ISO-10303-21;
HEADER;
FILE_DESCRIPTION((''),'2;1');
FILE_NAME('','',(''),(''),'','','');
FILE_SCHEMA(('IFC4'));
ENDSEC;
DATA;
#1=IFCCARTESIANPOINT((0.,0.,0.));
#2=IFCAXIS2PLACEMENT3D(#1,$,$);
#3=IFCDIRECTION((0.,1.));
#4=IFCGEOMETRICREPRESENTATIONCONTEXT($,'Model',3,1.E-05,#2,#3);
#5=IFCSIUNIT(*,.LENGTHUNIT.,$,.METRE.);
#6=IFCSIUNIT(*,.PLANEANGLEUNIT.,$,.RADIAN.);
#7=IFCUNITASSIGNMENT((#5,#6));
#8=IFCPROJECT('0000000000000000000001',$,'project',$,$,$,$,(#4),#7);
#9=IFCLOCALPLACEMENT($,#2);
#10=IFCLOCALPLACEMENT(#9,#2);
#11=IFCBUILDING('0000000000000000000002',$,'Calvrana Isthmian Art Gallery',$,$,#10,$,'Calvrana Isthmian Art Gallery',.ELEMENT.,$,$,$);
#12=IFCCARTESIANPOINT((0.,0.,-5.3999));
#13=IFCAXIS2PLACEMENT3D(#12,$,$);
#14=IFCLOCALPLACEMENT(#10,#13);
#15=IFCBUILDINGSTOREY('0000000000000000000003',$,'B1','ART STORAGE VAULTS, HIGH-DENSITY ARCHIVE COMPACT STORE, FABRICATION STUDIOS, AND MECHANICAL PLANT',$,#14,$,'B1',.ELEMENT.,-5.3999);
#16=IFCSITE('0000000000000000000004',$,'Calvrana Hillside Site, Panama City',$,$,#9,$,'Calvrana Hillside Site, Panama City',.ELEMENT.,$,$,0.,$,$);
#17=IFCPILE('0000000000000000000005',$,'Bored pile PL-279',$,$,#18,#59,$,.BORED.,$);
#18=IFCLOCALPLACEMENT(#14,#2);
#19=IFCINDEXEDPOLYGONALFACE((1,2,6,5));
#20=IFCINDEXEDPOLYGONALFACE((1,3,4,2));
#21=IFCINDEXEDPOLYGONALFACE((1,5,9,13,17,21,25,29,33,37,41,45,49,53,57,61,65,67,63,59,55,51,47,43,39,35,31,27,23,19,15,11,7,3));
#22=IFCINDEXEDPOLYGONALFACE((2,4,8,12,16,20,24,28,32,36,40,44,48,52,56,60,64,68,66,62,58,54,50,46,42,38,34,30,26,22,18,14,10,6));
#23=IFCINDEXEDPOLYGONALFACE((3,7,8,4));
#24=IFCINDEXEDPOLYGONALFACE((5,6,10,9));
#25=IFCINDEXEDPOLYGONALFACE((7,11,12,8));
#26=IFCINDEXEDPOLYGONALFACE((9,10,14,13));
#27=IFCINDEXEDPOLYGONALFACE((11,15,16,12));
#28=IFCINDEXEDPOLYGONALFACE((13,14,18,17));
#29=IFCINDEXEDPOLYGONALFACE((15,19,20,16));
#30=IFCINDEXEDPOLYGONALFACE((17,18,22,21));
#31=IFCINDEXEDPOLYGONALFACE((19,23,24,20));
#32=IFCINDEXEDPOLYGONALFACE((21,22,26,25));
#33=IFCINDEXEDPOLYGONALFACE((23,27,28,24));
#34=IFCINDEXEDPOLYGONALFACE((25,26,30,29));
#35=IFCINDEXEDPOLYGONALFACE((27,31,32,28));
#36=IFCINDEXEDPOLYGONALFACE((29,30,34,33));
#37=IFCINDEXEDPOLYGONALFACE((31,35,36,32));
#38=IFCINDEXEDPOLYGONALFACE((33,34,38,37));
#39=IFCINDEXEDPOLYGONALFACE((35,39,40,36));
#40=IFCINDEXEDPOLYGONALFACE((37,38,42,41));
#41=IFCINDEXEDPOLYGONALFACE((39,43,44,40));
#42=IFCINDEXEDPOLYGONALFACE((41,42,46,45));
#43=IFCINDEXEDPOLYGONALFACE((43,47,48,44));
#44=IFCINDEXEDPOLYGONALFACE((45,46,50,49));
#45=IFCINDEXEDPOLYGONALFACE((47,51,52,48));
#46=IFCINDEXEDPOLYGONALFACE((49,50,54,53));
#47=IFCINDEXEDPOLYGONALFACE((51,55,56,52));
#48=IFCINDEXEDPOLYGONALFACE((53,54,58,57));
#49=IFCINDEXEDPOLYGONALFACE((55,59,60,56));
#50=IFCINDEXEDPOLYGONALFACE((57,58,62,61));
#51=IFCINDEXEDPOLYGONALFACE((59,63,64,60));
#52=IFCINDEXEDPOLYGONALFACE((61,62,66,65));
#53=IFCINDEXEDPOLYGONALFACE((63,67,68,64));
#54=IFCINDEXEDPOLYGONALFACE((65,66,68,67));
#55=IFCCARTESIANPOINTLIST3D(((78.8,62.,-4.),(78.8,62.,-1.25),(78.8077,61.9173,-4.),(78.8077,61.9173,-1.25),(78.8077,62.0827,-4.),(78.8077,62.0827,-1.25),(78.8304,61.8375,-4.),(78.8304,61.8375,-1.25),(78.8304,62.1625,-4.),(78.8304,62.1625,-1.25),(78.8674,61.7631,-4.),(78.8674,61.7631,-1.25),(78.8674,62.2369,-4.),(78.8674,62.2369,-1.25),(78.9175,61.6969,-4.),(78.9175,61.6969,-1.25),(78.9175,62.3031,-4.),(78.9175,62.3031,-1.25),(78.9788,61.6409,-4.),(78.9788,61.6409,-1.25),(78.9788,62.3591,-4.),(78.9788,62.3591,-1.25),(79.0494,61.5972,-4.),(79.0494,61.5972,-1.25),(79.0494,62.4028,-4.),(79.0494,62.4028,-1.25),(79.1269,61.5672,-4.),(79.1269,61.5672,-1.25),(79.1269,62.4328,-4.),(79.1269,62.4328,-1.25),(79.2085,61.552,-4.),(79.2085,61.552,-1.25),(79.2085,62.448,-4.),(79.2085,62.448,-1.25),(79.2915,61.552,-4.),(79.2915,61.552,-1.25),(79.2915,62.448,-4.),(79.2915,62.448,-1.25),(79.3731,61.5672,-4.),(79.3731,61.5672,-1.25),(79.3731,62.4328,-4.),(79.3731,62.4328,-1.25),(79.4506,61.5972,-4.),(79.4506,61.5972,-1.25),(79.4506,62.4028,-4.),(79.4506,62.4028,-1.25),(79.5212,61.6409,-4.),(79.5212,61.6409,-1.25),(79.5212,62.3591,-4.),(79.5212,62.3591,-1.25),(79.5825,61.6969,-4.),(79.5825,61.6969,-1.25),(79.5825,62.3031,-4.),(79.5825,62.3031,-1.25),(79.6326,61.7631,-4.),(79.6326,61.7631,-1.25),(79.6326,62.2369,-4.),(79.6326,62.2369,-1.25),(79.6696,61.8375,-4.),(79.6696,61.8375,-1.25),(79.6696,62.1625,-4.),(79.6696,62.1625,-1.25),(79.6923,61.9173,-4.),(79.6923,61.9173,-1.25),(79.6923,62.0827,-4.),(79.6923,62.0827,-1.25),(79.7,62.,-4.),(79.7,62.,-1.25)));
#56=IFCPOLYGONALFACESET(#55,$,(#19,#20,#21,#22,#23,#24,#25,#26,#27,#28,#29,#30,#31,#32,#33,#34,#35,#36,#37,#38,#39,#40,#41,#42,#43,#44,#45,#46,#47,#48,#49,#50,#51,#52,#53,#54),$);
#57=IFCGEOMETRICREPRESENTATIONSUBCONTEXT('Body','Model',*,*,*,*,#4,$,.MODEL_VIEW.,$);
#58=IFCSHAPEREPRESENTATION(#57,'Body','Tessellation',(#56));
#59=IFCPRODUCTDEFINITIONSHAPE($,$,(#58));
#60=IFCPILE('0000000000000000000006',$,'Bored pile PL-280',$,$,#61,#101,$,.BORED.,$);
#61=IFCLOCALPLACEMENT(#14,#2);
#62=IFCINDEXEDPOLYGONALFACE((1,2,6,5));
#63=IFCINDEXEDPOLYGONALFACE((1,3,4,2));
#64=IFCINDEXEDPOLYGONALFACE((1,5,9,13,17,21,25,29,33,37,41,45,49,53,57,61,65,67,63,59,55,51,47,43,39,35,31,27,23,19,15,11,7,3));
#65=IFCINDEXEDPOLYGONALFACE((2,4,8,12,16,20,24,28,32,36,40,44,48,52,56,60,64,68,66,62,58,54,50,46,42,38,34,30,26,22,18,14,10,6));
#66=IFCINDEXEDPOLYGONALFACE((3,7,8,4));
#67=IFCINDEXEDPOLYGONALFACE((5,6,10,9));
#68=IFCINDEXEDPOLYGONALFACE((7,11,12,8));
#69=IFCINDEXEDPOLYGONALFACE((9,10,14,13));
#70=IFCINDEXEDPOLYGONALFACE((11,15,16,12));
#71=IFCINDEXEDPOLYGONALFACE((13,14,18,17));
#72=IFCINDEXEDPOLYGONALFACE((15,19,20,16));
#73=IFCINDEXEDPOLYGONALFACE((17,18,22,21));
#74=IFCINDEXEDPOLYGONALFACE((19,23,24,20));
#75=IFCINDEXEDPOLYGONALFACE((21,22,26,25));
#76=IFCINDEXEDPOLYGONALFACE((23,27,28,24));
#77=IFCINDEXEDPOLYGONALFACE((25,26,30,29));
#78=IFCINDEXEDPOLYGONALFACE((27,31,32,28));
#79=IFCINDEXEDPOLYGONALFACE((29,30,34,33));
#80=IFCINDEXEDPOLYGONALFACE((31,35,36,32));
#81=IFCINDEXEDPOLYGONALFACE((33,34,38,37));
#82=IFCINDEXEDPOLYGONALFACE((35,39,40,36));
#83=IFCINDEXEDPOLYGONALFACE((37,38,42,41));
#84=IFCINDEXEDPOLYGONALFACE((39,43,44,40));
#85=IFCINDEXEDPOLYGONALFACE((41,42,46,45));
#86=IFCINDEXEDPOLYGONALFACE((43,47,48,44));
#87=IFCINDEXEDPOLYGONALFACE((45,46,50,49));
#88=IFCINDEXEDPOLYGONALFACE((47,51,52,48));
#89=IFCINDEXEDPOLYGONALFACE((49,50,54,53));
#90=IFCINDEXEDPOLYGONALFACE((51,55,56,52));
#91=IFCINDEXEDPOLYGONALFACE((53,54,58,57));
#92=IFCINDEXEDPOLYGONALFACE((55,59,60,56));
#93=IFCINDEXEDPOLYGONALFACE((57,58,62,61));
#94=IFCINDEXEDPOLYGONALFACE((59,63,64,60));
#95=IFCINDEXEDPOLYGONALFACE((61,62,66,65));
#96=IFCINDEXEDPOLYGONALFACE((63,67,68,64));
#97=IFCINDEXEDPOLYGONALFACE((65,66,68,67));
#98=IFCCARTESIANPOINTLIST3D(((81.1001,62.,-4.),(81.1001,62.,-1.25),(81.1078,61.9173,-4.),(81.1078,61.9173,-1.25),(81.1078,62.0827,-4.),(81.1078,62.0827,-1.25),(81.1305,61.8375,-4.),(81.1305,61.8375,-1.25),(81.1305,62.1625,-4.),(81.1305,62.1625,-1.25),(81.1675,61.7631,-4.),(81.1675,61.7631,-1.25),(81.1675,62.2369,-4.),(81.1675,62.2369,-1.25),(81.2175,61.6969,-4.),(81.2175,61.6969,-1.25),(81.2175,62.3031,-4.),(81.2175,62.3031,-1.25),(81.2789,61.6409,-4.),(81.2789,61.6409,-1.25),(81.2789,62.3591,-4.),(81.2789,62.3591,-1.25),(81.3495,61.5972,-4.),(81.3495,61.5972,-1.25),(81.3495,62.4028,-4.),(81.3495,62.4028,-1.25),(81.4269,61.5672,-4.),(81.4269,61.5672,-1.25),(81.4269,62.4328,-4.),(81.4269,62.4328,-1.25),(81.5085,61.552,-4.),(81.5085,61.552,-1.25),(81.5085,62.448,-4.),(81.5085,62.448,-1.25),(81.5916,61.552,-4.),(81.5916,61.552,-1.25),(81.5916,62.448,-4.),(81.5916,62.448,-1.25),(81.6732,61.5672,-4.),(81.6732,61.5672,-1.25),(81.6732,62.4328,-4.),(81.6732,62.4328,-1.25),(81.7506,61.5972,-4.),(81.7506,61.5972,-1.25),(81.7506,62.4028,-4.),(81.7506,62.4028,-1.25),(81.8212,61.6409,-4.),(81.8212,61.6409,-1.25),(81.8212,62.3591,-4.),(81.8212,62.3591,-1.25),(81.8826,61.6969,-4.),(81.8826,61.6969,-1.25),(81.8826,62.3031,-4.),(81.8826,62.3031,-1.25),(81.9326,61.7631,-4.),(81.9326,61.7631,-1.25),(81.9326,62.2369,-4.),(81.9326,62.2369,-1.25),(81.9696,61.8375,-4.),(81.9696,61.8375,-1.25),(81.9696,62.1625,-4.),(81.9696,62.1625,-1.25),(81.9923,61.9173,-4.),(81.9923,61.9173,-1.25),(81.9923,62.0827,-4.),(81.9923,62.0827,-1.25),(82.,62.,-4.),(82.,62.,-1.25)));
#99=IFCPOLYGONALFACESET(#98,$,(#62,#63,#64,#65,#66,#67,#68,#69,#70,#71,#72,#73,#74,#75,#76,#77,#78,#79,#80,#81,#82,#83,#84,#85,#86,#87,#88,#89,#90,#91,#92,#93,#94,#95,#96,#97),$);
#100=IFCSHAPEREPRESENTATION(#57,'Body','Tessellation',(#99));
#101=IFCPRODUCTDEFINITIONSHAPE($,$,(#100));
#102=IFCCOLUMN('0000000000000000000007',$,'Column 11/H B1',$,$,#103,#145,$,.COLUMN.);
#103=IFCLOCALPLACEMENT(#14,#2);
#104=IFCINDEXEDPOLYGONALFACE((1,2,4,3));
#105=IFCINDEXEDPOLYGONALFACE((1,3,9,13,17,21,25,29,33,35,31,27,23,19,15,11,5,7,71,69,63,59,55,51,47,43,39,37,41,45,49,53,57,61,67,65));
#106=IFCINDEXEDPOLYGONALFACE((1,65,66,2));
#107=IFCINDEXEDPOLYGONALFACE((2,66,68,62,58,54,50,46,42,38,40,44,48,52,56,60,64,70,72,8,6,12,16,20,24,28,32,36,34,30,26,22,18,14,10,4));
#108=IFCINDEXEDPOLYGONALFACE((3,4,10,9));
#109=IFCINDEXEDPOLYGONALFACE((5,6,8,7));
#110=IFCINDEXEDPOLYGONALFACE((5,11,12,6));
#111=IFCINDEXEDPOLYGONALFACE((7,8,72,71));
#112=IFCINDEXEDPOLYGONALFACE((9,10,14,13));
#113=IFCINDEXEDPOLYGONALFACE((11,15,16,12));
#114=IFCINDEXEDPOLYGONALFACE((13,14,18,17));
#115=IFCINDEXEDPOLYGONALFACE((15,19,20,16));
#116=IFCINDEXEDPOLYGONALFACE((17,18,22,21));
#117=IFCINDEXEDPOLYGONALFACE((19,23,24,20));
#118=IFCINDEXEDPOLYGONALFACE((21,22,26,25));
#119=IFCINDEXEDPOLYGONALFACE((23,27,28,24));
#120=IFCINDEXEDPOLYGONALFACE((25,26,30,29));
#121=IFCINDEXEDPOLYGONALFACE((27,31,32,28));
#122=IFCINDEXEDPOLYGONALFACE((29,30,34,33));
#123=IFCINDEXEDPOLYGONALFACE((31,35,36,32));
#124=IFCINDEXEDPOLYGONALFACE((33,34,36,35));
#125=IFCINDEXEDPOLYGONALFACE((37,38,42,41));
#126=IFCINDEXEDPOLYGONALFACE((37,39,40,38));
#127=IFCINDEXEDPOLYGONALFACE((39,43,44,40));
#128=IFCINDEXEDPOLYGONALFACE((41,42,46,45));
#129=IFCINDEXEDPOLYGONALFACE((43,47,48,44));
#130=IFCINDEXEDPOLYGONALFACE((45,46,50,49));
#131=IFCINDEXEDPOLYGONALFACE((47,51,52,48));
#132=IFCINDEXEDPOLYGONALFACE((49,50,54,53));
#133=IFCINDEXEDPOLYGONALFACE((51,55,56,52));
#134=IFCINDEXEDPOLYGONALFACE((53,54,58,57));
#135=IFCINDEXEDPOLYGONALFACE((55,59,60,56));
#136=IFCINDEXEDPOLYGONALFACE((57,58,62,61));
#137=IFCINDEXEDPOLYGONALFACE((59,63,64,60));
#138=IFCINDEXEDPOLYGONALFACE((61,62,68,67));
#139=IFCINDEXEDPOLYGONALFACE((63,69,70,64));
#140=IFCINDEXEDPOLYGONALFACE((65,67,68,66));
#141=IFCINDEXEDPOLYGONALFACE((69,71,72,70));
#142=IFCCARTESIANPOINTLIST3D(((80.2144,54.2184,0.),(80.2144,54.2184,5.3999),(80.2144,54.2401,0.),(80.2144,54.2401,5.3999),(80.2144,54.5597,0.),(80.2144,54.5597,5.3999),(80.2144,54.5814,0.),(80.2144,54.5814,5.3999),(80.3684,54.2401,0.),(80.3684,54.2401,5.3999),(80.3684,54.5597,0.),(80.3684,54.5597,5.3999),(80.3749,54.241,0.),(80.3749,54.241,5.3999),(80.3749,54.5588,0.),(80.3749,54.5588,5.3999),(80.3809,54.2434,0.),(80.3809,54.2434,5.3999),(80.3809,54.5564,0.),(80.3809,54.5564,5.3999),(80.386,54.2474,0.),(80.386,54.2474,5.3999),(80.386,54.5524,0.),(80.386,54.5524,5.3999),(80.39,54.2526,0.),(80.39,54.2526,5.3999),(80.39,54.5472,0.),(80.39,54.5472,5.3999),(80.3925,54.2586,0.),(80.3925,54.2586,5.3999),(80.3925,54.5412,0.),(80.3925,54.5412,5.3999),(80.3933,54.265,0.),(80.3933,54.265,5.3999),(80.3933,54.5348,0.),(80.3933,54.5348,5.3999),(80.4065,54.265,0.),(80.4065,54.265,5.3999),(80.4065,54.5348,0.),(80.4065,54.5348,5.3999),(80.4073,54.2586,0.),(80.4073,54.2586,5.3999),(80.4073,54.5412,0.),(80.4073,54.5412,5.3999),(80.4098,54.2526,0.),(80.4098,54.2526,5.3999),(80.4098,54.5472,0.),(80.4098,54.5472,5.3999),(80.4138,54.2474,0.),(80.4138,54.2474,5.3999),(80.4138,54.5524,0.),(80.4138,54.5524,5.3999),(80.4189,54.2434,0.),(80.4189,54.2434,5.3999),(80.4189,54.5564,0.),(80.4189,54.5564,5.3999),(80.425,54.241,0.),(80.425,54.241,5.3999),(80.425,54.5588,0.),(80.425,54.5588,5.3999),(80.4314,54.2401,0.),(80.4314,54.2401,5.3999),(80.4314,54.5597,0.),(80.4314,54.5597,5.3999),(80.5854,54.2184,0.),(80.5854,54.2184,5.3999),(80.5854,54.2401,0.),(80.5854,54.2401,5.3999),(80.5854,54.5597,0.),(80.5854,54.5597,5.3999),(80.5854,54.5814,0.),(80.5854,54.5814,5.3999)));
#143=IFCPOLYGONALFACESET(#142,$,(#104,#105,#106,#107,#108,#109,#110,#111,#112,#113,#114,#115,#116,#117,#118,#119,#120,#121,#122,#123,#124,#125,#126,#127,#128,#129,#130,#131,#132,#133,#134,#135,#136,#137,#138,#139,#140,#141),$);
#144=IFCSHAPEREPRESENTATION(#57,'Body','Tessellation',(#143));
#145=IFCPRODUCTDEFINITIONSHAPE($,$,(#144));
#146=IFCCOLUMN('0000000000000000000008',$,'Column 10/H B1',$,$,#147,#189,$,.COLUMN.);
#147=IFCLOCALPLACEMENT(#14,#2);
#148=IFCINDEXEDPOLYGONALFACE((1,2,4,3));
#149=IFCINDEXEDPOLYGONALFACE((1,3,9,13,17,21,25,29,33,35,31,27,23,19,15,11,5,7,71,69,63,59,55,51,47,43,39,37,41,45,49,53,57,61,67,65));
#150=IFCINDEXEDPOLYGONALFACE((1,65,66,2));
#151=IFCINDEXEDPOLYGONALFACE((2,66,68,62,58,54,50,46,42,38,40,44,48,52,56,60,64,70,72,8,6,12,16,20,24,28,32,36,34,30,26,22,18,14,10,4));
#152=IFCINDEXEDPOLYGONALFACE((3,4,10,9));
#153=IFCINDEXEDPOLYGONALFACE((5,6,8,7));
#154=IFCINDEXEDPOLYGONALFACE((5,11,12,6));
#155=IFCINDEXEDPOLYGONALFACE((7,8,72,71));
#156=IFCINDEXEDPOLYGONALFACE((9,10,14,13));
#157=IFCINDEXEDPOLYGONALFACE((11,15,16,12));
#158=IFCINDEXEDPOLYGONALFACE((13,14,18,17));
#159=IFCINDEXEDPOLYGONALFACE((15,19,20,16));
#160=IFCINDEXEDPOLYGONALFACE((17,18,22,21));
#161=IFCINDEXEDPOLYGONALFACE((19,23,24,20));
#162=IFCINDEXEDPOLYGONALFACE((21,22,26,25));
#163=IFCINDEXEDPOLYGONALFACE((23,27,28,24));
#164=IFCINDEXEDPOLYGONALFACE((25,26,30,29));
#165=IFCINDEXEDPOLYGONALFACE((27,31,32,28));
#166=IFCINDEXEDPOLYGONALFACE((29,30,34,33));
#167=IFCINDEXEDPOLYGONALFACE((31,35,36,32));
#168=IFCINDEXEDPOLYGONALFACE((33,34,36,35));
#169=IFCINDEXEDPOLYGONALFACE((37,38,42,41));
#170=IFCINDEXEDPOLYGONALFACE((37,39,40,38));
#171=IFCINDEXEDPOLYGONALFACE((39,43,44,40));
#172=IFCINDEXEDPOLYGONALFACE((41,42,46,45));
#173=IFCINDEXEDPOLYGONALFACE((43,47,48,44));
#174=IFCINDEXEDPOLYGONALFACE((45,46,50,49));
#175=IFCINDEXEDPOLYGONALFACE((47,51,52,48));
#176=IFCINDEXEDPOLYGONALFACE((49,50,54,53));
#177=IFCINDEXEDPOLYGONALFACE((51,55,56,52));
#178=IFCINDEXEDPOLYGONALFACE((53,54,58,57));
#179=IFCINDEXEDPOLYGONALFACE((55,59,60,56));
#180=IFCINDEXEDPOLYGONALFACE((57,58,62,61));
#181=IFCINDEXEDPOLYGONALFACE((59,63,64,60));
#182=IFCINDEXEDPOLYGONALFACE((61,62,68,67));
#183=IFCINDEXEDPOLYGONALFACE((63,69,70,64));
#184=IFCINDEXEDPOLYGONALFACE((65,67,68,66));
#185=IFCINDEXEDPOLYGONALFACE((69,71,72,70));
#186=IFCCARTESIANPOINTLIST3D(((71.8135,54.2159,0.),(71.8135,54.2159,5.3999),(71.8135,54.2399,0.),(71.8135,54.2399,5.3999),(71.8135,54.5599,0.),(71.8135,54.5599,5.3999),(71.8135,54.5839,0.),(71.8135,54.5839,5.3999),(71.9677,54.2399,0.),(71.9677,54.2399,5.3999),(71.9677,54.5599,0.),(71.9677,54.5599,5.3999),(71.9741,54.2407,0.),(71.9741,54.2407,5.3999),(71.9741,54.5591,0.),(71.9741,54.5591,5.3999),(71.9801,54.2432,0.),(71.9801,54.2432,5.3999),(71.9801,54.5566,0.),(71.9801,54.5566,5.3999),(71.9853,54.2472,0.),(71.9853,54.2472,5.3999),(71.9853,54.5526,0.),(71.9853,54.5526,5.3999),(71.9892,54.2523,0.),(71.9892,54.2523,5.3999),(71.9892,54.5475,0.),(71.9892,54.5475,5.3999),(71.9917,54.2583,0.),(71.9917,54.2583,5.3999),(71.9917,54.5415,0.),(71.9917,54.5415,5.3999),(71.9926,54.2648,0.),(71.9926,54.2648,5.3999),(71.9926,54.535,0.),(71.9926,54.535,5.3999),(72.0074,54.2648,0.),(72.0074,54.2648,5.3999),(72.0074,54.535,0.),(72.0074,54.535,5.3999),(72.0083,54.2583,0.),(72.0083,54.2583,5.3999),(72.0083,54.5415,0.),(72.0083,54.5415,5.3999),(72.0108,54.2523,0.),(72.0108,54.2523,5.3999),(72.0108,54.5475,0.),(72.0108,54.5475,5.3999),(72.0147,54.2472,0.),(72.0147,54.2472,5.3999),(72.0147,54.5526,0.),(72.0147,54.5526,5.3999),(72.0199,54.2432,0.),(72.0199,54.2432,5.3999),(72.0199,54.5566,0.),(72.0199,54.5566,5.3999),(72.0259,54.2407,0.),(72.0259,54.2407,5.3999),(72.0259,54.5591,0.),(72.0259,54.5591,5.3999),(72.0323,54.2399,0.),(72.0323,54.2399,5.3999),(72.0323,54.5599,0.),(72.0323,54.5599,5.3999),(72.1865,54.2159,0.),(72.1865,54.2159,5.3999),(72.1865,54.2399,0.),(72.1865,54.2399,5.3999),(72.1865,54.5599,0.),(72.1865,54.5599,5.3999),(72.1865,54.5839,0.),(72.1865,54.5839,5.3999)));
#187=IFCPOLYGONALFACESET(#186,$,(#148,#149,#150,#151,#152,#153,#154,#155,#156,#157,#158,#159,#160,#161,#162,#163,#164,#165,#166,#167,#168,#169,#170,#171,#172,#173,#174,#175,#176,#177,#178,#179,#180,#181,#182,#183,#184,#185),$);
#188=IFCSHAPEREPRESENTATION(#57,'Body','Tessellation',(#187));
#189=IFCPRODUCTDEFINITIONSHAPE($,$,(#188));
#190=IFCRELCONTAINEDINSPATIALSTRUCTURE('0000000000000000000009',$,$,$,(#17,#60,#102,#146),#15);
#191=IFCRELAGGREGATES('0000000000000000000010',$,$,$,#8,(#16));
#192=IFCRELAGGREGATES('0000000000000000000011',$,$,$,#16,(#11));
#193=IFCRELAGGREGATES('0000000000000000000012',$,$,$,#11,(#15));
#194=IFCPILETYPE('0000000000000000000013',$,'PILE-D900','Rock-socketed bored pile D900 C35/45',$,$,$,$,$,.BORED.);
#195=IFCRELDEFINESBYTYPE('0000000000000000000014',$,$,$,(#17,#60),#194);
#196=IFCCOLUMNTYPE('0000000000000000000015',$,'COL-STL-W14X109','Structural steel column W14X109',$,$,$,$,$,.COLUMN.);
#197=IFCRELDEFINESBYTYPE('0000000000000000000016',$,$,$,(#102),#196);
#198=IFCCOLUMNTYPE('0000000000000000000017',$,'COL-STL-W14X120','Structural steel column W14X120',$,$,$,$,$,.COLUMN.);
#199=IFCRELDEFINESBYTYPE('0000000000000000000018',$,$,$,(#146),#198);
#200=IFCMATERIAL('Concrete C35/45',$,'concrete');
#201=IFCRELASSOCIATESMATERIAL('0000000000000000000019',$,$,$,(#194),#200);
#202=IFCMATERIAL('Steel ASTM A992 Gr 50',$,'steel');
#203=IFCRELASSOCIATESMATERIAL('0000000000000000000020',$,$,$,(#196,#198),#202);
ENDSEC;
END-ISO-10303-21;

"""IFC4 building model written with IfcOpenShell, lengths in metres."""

from ifc_helpers import new_model, si_unit, direction, frame, origin, origin_2d, place, context, subcontext, project, spatial, circle, i_section, extrude, material, material_profile, profile_set, type_object, element, save


model = new_model("IFC4")

# Units and contexts
model_context = context("Model", 3, precision=1e-05, world=origin(), true_north=direction((0.0, 1.0)))
body_context = subcontext(model_context, "Body", "Model", "MODEL_VIEW")
ifc_project = project(units=[si_unit("LENGTHUNIT", "METRE"), si_unit("PLANEANGLEUNIT", "RADIAN")], contexts=[model_context])

# Site, building, storey
site_placement = place(None, origin())
site = spatial("IfcSite", under=ifc_project, at=site_placement, Name="Calvrana Hillside Site, Panama City", LongName="Calvrana Hillside Site, Panama City", CompositionType="ELEMENT", RefElevation=0.0)
building_placement = place(site_placement, origin())
building = spatial("IfcBuilding", under=site, at=building_placement, Name="Calvrana Isthmian Art Gallery", LongName="Calvrana Isthmian Art Gallery", CompositionType="ELEMENT")
storey_placement = place(building_placement, frame((0.0, 0.0, -5.3999)))
storey = spatial("IfcBuildingStorey", under=building, at=storey_placement, Name="B1", Description="ART STORAGE VAULTS, HIGH-DENSITY ARCHIVE COMPACT STORE, FABRICATION STUDIOS, AND MECHANICAL PLANT", LongName="B1", CompositionType="ELEMENT", Elevation=-5.3999)

# Shared definitions
ifc_material_1 = material(Name="Concrete C35/45", Category="concrete")

# Piles
ifc_material_profile_1 = material_profile(ifc_material_1, circle(Radius=0.45, at=origin_2d()), Name="PILE900D")
ifc_profile_set_1 = profile_set([ifc_material_profile_1], Name="Concrete C35/45")
pile_type_1 = type_object("IfcPileType", Name="PILE-D900", Description="Rock-socketed bored pile D900 C35/45", PredefinedType="BORED", material=ifc_profile_set_1)
for number, where, z_axis, x_axis, name in (
    (1, (79.25, 62.0, -1.25), (0.0, 0.0, -1.0), (1.0, 0.0, 0.0), "Bored pile PL-279"),
    (2, (81.55, 62.0, -1.25), (0.0, 0.0, -1.0), (1.0, 0.0, 0.0), "Bored pile PL-280"),
):
    element("IfcPile", number, at=place(storey_placement, frame(where, z_axis=z_axis, x_axis=x_axis)), inside=storey, type_object=pile_type_1, Name=name, PredefinedType="BORED", context=body_context, shape_type="SweptSolid", body=[
        extrude(circle(Radius=0.45, at=origin_2d()), origin(), (0.0, 0.0, 1.0), 2.75),
    ])

# Columns
ifc_material_2 = material(Name="Steel ASTM A992 Gr 50", Category="steel")
ifc_material_profile_2 = material_profile(ifc_material_2, i_section(OverallWidth=0.3711, OverallDepth=0.363, WebThickness=0.0132, FlangeThickness=0.0217, FilletRadius=0.0249, at=origin_2d()), Name="W14X109")
ifc_profile_set_2 = profile_set([ifc_material_profile_2], Name="Steel ASTM A992 Gr 50")
column_type_1 = type_object("IfcColumnType", Name="COL-STL-W14X109", Description="Structural steel column W14X109", PredefinedType="COLUMN", material=ifc_profile_set_2)
column_1_placement = place(storey_placement, frame((80.3999, 54.3999, 0.0), z_axis=(0.0, 0.0, 1.0), x_axis=(1.0, 0.0, 0.0)))
element("IfcColumn", 3, at=column_1_placement, inside=storey, type_object=column_type_1, Name="Column 11/H B1", PredefinedType="COLUMN", context=body_context, shape_type="SweptSolid", body=[
    extrude(i_section(OverallWidth=0.3711, OverallDepth=0.363, WebThickness=0.0132, FlangeThickness=0.0217, FilletRadius=0.0249, at=origin_2d()), origin(), (0.0, 0.0, 1.0), 5.3999),
])
ifc_material_profile_3 = material_profile(ifc_material_2, i_section(OverallWidth=0.373, OverallDepth=0.3679, WebThickness=0.0149, FlangeThickness=0.0239, FilletRadius=0.0249, at=origin_2d()), Name="W14X120")
ifc_profile_set_3 = profile_set([ifc_material_profile_3], Name="Steel ASTM A992 Gr 50")
column_type_2 = type_object("IfcColumnType", Name="COL-STL-W14X120", Description="Structural steel column W14X120", PredefinedType="COLUMN", material=ifc_profile_set_3)
for number, where, z_axis, x_axis, name in (
    (4, (72.0, 54.3999, 0.0), (0.0, 0.0, 1.0), (1.0, 0.0, 0.0), "Column 10/H B1"),
):
    element("IfcColumn", number, at=place(storey_placement, frame(where, z_axis=z_axis, x_axis=x_axis)), inside=storey, type_object=column_type_2, Name=name, PredefinedType="COLUMN", context=body_context, shape_type="SweptSolid", body=[
        extrude(i_section(OverallWidth=0.373, OverallDepth=0.3679, WebThickness=0.0149, FlangeThickness=0.0239, FilletRadius=0.0249, at=origin_2d()), origin(), (0.0, 0.0, 1.0), 5.3999),
    ])

save(model, "model.ifc")
